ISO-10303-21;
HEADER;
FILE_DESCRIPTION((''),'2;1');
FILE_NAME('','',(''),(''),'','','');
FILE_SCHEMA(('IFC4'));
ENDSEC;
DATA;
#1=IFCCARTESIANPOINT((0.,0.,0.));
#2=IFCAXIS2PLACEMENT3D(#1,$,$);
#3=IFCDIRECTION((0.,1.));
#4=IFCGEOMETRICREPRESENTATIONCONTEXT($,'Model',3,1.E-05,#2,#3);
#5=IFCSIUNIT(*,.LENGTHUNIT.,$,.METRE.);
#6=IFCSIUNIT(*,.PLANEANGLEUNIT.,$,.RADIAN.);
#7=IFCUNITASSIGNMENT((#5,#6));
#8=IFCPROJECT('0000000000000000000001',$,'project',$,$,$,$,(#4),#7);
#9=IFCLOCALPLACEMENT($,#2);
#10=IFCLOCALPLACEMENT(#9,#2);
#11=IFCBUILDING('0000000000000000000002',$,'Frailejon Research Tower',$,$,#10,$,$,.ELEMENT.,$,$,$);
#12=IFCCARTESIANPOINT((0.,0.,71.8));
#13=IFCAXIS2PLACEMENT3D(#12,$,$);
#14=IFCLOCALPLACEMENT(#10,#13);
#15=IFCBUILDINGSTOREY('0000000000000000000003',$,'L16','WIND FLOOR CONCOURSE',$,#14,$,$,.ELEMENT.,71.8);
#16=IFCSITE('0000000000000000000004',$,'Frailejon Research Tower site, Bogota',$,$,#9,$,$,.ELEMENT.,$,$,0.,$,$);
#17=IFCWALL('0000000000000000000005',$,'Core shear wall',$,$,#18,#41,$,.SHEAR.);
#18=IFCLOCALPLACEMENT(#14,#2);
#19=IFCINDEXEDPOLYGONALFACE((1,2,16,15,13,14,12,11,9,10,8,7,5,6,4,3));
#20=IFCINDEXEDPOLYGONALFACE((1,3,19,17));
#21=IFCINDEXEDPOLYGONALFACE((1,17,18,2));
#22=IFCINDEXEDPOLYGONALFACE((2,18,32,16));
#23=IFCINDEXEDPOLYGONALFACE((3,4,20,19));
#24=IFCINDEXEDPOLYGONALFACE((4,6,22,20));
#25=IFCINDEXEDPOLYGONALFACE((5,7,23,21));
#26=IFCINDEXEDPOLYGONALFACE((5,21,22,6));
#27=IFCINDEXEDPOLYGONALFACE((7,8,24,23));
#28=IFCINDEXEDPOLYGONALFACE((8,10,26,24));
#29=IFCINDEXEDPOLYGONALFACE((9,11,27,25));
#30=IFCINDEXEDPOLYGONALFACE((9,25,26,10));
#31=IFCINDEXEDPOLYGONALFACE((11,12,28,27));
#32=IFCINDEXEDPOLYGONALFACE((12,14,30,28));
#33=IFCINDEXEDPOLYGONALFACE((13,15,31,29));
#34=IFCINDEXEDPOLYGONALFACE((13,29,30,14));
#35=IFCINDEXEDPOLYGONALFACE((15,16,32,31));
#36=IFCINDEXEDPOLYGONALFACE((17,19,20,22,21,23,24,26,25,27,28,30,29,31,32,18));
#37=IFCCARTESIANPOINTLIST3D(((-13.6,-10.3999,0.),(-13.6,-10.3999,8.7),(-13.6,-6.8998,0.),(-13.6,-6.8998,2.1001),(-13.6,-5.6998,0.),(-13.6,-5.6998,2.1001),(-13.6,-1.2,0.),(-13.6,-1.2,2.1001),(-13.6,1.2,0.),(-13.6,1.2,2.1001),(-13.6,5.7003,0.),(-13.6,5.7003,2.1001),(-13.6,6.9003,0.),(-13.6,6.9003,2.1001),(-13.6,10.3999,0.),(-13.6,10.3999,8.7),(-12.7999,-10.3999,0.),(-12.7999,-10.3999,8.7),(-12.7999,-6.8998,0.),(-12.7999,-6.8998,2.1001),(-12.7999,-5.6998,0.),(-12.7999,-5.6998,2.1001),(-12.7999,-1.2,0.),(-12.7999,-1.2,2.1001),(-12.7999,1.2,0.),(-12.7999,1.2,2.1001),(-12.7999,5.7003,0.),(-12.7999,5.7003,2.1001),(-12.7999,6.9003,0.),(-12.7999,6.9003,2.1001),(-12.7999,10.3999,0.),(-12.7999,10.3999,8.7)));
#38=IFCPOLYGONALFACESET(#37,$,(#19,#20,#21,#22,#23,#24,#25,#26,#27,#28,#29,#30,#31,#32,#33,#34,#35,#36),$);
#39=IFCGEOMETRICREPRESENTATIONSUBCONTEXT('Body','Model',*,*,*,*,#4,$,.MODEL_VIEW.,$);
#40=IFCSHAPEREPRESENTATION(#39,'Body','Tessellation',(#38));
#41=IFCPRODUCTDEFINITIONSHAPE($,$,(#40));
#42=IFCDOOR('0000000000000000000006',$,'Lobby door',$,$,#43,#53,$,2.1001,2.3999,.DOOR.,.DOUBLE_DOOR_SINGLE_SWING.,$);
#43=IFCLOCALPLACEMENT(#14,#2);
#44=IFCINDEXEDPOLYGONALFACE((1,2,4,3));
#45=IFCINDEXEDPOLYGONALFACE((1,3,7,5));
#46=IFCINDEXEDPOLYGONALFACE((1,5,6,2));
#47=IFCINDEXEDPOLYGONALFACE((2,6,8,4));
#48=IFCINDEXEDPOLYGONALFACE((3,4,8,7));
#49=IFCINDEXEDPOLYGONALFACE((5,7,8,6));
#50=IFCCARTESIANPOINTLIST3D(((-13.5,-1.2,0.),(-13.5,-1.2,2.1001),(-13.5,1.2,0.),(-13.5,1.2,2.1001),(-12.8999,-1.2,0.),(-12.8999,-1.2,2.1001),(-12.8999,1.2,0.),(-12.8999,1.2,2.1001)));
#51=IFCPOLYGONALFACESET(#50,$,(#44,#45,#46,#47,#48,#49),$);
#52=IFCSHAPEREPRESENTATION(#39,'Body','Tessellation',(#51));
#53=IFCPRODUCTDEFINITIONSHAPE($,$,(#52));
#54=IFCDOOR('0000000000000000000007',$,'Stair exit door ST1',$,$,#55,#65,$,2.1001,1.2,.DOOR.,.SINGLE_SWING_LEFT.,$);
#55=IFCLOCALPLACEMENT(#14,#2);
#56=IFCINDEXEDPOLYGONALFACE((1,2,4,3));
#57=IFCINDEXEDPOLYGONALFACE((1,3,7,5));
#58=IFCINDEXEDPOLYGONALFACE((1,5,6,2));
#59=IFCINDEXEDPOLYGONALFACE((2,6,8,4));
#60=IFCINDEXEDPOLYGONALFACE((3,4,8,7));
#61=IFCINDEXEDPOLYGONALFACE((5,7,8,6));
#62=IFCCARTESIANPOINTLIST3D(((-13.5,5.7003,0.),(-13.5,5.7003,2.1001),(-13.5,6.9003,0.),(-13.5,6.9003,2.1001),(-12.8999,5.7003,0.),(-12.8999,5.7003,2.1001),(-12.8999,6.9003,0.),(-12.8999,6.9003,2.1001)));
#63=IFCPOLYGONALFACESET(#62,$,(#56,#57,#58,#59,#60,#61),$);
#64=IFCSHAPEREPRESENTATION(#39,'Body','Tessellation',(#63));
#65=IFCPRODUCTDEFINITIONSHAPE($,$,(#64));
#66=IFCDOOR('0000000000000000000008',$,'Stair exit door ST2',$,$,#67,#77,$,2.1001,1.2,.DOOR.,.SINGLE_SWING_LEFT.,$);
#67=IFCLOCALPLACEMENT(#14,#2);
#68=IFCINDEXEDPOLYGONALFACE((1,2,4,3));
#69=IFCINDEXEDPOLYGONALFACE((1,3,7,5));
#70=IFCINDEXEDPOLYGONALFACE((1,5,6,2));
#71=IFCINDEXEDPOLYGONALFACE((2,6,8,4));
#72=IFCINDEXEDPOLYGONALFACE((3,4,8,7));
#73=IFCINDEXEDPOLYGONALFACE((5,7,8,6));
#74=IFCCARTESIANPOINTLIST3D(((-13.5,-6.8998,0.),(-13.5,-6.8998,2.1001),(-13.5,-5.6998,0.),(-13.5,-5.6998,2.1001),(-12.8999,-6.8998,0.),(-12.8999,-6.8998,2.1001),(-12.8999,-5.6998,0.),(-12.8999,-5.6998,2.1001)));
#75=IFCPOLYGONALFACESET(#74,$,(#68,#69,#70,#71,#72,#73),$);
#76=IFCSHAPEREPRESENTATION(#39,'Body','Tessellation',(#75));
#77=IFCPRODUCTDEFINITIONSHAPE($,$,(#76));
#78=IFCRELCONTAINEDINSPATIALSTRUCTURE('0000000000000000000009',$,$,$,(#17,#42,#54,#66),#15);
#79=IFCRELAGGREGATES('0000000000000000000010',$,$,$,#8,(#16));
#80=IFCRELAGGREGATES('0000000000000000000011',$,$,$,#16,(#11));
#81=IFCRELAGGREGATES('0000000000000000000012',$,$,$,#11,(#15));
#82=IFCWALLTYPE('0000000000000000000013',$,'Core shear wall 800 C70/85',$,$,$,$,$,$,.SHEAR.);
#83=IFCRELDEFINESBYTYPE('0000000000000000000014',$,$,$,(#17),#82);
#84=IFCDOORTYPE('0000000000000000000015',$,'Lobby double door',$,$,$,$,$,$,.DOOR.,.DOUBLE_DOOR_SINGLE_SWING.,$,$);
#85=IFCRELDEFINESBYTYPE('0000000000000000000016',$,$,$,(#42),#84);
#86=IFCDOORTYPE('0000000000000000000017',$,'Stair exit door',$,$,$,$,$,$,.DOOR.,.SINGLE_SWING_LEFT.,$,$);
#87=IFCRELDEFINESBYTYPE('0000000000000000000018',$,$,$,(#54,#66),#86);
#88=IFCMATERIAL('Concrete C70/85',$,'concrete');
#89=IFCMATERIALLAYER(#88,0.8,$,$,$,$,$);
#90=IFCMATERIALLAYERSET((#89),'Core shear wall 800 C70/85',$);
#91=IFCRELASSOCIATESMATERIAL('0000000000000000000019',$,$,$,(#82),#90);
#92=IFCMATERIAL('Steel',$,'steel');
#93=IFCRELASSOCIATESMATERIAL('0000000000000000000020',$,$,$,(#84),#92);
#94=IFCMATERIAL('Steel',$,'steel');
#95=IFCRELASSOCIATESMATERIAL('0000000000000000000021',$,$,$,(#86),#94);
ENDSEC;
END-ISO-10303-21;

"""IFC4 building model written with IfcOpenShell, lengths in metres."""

from ifc_helpers import new_model, si_unit, direction, frame, frame_2d, origin, place, context, subcontext, project, spatial, rectangle, extrude, material, layer, layer_set, type_object, element, fill, save


model = new_model("IFC4")

# Units and contexts
model_context = context("Model", 3, precision=1e-05, world=origin(), true_north=direction((0.0, 1.0)))
body_context = subcontext(model_context, "Body", "Model", "MODEL_VIEW")
ifc_project = project(units=[si_unit("LENGTHUNIT", "METRE"), si_unit("PLANEANGLEUNIT", "RADIAN")], contexts=[model_context])

# Site, building, storey
site_placement = place(None, origin())
site = spatial("IfcSite", under=ifc_project, at=site_placement, Name="Frailejon Research Tower site, Bogota", CompositionType="ELEMENT", RefElevation=0.0)
building_placement = place(site_placement, origin())
building = spatial("IfcBuilding", under=site, at=building_placement, Name="Frailejon Research Tower", CompositionType="ELEMENT")
storey_placement = place(building_placement, frame((0.0, 0.0, 71.8)))
storey = spatial("IfcBuildingStorey", under=building, at=storey_placement, Name="L16", Description="WIND FLOOR CONCOURSE", CompositionType="ELEMENT", Elevation=71.8)

# Wall, openings, doors
ifc_material_1 = material(Name="Concrete C70/85", Category="concrete")
ifc_layer_1 = layer(ifc_material_1, 0.8)
ifc_layer_set_1 = layer_set([ifc_layer_1], Name="Core shear wall 800 C70/85")
wall_type_1 = type_object("IfcWallType", Name="Core shear wall 800 C70/85", PredefinedType="SHEAR", material=ifc_layer_set_1)
wall_1_placement = place(storey_placement, frame((-13.2, -10.3999, 0.0), z_axis=(0.0, 0.0, 1.0), x_axis=(0.0, 1.0, 0.0)))
wall_1 = element("IfcWall", 1, at=wall_1_placement, inside=storey, type_object=wall_type_1, Name="Core shear wall", PredefinedType="SHEAR", context=body_context, shape_type="SweptSolid", body=[
    extrude(rectangle(XDim=20.7998, YDim=0.8, at=frame_2d((10.3999, 0.0))), origin(), (0.0, 0.0, 1.0), 8.7),
])
opening_1_placement = place(wall_1_placement, frame((9.2, 0.0, 0.0)))
opening_1 = element("IfcOpeningElement", 2, at=opening_1_placement, cuts=wall_1, PredefinedType="OPENING", context=body_context, shape_type="SweptSolid", body=[
    extrude(rectangle(XDim=2.3999, YDim=2.1001, at=frame_2d((1.2, 1.05))), frame((0.0, 0.4099, 0.0), z_axis=(0.0, -1.0, 0.0), x_axis=(1.0, 0.0, 0.0)), (0.0, 0.0, 1.0), 0.8201),
])
opening_2_placement = place(wall_1_placement, frame((16.1001, 0.0, 0.0)))
opening_2 = element("IfcOpeningElement", 3, at=opening_2_placement, cuts=wall_1, PredefinedType="OPENING", context=body_context, shape_type="SweptSolid", body=[
    extrude(rectangle(XDim=1.2, YDim=2.1001, at=frame_2d((0.6001, 1.05))), frame((0.0, 0.4099, 0.0), z_axis=(0.0, -1.0, 0.0), x_axis=(1.0, 0.0, 0.0)), (0.0, 0.0, 1.0), 0.8201),
])
opening_3_placement = place(wall_1_placement, frame((3.5, 0.0, 0.0)))
opening_3 = element("IfcOpeningElement", 4, at=opening_3_placement, cuts=wall_1, PredefinedType="OPENING", context=body_context, shape_type="SweptSolid", body=[
    extrude(rectangle(XDim=1.2, YDim=2.1001, at=frame_2d((0.6001, 1.05))), frame((0.0, 0.4099, 0.0), z_axis=(0.0, -1.0, 0.0), x_axis=(1.0, 0.0, 0.0)), (0.0, 0.0, 1.0), 0.8201),
])
ifc_material_2 = material(Name="Steel", Category="steel")
door_type_1 = type_object("IfcDoorType", Name="Lobby double door", OperationType="DOUBLE_DOOR_SINGLE_SWING", PredefinedType="DOOR", material=ifc_material_2)
door_1_placement = place(opening_1_placement, origin())
door_1 = element("IfcDoor", 5, at=door_1_placement, inside=storey, type_object=door_type_1, Name="Lobby door", OperationType="DOUBLE_DOOR_SINGLE_SWING", OverallHeight=2.1001, OverallWidth=2.3999, PredefinedType="DOOR", context=body_context, shape_type="SweptSolid", body=[
    extrude(rectangle(XDim=2.3999, YDim=2.1001, at=frame_2d((1.2, 1.05))), frame((0.0, 0.3, 0.0), z_axis=(0.0, -1.0, 0.0), x_axis=(1.0, 0.0, 0.0)), (0.0, 0.0, 1.0), 0.6001),
])
fill(opening_1, door_1)
ifc_material_3 = material(Name="Steel", Category="steel")
door_type_2 = type_object("IfcDoorType", Name="Stair exit door", OperationType="SINGLE_SWING_LEFT", PredefinedType="DOOR", material=ifc_material_3)
door_2_placement = place(opening_2_placement, origin())
door_2 = element("IfcDoor", 6, at=door_2_placement, inside=storey, type_object=door_type_2, Name="Stair exit door ST1", OperationType="SINGLE_SWING_LEFT", OverallHeight=2.1001, OverallWidth=1.2, PredefinedType="DOOR", context=body_context, shape_type="SweptSolid", body=[
    extrude(rectangle(XDim=1.2, YDim=2.1001, at=frame_2d((0.6001, 1.05))), frame((0.0, 0.3, 0.0), z_axis=(0.0, -1.0, 0.0), x_axis=(1.0, 0.0, 0.0)), (0.0, 0.0, 1.0), 0.6001),
])
fill(opening_2, door_2)
door_3_placement = place(opening_3_placement, origin())
door_3 = element("IfcDoor", 7, at=door_3_placement, inside=storey, type_object=door_type_2, Name="Stair exit door ST2", OperationType="SINGLE_SWING_LEFT", OverallHeight=2.1001, OverallWidth=1.2, PredefinedType="DOOR", context=body_context, shape_type="SweptSolid", body=[
    extrude(rectangle(XDim=1.2, YDim=2.1001, at=frame_2d((0.6001, 1.05))), frame((0.0, 0.3, 0.0), z_axis=(0.0, -1.0, 0.0), x_axis=(1.0, 0.0, 0.0)), (0.0, 0.0, 1.0), 0.6001),
])
fill(opening_3, door_3)

save(model, "model.ifc")
